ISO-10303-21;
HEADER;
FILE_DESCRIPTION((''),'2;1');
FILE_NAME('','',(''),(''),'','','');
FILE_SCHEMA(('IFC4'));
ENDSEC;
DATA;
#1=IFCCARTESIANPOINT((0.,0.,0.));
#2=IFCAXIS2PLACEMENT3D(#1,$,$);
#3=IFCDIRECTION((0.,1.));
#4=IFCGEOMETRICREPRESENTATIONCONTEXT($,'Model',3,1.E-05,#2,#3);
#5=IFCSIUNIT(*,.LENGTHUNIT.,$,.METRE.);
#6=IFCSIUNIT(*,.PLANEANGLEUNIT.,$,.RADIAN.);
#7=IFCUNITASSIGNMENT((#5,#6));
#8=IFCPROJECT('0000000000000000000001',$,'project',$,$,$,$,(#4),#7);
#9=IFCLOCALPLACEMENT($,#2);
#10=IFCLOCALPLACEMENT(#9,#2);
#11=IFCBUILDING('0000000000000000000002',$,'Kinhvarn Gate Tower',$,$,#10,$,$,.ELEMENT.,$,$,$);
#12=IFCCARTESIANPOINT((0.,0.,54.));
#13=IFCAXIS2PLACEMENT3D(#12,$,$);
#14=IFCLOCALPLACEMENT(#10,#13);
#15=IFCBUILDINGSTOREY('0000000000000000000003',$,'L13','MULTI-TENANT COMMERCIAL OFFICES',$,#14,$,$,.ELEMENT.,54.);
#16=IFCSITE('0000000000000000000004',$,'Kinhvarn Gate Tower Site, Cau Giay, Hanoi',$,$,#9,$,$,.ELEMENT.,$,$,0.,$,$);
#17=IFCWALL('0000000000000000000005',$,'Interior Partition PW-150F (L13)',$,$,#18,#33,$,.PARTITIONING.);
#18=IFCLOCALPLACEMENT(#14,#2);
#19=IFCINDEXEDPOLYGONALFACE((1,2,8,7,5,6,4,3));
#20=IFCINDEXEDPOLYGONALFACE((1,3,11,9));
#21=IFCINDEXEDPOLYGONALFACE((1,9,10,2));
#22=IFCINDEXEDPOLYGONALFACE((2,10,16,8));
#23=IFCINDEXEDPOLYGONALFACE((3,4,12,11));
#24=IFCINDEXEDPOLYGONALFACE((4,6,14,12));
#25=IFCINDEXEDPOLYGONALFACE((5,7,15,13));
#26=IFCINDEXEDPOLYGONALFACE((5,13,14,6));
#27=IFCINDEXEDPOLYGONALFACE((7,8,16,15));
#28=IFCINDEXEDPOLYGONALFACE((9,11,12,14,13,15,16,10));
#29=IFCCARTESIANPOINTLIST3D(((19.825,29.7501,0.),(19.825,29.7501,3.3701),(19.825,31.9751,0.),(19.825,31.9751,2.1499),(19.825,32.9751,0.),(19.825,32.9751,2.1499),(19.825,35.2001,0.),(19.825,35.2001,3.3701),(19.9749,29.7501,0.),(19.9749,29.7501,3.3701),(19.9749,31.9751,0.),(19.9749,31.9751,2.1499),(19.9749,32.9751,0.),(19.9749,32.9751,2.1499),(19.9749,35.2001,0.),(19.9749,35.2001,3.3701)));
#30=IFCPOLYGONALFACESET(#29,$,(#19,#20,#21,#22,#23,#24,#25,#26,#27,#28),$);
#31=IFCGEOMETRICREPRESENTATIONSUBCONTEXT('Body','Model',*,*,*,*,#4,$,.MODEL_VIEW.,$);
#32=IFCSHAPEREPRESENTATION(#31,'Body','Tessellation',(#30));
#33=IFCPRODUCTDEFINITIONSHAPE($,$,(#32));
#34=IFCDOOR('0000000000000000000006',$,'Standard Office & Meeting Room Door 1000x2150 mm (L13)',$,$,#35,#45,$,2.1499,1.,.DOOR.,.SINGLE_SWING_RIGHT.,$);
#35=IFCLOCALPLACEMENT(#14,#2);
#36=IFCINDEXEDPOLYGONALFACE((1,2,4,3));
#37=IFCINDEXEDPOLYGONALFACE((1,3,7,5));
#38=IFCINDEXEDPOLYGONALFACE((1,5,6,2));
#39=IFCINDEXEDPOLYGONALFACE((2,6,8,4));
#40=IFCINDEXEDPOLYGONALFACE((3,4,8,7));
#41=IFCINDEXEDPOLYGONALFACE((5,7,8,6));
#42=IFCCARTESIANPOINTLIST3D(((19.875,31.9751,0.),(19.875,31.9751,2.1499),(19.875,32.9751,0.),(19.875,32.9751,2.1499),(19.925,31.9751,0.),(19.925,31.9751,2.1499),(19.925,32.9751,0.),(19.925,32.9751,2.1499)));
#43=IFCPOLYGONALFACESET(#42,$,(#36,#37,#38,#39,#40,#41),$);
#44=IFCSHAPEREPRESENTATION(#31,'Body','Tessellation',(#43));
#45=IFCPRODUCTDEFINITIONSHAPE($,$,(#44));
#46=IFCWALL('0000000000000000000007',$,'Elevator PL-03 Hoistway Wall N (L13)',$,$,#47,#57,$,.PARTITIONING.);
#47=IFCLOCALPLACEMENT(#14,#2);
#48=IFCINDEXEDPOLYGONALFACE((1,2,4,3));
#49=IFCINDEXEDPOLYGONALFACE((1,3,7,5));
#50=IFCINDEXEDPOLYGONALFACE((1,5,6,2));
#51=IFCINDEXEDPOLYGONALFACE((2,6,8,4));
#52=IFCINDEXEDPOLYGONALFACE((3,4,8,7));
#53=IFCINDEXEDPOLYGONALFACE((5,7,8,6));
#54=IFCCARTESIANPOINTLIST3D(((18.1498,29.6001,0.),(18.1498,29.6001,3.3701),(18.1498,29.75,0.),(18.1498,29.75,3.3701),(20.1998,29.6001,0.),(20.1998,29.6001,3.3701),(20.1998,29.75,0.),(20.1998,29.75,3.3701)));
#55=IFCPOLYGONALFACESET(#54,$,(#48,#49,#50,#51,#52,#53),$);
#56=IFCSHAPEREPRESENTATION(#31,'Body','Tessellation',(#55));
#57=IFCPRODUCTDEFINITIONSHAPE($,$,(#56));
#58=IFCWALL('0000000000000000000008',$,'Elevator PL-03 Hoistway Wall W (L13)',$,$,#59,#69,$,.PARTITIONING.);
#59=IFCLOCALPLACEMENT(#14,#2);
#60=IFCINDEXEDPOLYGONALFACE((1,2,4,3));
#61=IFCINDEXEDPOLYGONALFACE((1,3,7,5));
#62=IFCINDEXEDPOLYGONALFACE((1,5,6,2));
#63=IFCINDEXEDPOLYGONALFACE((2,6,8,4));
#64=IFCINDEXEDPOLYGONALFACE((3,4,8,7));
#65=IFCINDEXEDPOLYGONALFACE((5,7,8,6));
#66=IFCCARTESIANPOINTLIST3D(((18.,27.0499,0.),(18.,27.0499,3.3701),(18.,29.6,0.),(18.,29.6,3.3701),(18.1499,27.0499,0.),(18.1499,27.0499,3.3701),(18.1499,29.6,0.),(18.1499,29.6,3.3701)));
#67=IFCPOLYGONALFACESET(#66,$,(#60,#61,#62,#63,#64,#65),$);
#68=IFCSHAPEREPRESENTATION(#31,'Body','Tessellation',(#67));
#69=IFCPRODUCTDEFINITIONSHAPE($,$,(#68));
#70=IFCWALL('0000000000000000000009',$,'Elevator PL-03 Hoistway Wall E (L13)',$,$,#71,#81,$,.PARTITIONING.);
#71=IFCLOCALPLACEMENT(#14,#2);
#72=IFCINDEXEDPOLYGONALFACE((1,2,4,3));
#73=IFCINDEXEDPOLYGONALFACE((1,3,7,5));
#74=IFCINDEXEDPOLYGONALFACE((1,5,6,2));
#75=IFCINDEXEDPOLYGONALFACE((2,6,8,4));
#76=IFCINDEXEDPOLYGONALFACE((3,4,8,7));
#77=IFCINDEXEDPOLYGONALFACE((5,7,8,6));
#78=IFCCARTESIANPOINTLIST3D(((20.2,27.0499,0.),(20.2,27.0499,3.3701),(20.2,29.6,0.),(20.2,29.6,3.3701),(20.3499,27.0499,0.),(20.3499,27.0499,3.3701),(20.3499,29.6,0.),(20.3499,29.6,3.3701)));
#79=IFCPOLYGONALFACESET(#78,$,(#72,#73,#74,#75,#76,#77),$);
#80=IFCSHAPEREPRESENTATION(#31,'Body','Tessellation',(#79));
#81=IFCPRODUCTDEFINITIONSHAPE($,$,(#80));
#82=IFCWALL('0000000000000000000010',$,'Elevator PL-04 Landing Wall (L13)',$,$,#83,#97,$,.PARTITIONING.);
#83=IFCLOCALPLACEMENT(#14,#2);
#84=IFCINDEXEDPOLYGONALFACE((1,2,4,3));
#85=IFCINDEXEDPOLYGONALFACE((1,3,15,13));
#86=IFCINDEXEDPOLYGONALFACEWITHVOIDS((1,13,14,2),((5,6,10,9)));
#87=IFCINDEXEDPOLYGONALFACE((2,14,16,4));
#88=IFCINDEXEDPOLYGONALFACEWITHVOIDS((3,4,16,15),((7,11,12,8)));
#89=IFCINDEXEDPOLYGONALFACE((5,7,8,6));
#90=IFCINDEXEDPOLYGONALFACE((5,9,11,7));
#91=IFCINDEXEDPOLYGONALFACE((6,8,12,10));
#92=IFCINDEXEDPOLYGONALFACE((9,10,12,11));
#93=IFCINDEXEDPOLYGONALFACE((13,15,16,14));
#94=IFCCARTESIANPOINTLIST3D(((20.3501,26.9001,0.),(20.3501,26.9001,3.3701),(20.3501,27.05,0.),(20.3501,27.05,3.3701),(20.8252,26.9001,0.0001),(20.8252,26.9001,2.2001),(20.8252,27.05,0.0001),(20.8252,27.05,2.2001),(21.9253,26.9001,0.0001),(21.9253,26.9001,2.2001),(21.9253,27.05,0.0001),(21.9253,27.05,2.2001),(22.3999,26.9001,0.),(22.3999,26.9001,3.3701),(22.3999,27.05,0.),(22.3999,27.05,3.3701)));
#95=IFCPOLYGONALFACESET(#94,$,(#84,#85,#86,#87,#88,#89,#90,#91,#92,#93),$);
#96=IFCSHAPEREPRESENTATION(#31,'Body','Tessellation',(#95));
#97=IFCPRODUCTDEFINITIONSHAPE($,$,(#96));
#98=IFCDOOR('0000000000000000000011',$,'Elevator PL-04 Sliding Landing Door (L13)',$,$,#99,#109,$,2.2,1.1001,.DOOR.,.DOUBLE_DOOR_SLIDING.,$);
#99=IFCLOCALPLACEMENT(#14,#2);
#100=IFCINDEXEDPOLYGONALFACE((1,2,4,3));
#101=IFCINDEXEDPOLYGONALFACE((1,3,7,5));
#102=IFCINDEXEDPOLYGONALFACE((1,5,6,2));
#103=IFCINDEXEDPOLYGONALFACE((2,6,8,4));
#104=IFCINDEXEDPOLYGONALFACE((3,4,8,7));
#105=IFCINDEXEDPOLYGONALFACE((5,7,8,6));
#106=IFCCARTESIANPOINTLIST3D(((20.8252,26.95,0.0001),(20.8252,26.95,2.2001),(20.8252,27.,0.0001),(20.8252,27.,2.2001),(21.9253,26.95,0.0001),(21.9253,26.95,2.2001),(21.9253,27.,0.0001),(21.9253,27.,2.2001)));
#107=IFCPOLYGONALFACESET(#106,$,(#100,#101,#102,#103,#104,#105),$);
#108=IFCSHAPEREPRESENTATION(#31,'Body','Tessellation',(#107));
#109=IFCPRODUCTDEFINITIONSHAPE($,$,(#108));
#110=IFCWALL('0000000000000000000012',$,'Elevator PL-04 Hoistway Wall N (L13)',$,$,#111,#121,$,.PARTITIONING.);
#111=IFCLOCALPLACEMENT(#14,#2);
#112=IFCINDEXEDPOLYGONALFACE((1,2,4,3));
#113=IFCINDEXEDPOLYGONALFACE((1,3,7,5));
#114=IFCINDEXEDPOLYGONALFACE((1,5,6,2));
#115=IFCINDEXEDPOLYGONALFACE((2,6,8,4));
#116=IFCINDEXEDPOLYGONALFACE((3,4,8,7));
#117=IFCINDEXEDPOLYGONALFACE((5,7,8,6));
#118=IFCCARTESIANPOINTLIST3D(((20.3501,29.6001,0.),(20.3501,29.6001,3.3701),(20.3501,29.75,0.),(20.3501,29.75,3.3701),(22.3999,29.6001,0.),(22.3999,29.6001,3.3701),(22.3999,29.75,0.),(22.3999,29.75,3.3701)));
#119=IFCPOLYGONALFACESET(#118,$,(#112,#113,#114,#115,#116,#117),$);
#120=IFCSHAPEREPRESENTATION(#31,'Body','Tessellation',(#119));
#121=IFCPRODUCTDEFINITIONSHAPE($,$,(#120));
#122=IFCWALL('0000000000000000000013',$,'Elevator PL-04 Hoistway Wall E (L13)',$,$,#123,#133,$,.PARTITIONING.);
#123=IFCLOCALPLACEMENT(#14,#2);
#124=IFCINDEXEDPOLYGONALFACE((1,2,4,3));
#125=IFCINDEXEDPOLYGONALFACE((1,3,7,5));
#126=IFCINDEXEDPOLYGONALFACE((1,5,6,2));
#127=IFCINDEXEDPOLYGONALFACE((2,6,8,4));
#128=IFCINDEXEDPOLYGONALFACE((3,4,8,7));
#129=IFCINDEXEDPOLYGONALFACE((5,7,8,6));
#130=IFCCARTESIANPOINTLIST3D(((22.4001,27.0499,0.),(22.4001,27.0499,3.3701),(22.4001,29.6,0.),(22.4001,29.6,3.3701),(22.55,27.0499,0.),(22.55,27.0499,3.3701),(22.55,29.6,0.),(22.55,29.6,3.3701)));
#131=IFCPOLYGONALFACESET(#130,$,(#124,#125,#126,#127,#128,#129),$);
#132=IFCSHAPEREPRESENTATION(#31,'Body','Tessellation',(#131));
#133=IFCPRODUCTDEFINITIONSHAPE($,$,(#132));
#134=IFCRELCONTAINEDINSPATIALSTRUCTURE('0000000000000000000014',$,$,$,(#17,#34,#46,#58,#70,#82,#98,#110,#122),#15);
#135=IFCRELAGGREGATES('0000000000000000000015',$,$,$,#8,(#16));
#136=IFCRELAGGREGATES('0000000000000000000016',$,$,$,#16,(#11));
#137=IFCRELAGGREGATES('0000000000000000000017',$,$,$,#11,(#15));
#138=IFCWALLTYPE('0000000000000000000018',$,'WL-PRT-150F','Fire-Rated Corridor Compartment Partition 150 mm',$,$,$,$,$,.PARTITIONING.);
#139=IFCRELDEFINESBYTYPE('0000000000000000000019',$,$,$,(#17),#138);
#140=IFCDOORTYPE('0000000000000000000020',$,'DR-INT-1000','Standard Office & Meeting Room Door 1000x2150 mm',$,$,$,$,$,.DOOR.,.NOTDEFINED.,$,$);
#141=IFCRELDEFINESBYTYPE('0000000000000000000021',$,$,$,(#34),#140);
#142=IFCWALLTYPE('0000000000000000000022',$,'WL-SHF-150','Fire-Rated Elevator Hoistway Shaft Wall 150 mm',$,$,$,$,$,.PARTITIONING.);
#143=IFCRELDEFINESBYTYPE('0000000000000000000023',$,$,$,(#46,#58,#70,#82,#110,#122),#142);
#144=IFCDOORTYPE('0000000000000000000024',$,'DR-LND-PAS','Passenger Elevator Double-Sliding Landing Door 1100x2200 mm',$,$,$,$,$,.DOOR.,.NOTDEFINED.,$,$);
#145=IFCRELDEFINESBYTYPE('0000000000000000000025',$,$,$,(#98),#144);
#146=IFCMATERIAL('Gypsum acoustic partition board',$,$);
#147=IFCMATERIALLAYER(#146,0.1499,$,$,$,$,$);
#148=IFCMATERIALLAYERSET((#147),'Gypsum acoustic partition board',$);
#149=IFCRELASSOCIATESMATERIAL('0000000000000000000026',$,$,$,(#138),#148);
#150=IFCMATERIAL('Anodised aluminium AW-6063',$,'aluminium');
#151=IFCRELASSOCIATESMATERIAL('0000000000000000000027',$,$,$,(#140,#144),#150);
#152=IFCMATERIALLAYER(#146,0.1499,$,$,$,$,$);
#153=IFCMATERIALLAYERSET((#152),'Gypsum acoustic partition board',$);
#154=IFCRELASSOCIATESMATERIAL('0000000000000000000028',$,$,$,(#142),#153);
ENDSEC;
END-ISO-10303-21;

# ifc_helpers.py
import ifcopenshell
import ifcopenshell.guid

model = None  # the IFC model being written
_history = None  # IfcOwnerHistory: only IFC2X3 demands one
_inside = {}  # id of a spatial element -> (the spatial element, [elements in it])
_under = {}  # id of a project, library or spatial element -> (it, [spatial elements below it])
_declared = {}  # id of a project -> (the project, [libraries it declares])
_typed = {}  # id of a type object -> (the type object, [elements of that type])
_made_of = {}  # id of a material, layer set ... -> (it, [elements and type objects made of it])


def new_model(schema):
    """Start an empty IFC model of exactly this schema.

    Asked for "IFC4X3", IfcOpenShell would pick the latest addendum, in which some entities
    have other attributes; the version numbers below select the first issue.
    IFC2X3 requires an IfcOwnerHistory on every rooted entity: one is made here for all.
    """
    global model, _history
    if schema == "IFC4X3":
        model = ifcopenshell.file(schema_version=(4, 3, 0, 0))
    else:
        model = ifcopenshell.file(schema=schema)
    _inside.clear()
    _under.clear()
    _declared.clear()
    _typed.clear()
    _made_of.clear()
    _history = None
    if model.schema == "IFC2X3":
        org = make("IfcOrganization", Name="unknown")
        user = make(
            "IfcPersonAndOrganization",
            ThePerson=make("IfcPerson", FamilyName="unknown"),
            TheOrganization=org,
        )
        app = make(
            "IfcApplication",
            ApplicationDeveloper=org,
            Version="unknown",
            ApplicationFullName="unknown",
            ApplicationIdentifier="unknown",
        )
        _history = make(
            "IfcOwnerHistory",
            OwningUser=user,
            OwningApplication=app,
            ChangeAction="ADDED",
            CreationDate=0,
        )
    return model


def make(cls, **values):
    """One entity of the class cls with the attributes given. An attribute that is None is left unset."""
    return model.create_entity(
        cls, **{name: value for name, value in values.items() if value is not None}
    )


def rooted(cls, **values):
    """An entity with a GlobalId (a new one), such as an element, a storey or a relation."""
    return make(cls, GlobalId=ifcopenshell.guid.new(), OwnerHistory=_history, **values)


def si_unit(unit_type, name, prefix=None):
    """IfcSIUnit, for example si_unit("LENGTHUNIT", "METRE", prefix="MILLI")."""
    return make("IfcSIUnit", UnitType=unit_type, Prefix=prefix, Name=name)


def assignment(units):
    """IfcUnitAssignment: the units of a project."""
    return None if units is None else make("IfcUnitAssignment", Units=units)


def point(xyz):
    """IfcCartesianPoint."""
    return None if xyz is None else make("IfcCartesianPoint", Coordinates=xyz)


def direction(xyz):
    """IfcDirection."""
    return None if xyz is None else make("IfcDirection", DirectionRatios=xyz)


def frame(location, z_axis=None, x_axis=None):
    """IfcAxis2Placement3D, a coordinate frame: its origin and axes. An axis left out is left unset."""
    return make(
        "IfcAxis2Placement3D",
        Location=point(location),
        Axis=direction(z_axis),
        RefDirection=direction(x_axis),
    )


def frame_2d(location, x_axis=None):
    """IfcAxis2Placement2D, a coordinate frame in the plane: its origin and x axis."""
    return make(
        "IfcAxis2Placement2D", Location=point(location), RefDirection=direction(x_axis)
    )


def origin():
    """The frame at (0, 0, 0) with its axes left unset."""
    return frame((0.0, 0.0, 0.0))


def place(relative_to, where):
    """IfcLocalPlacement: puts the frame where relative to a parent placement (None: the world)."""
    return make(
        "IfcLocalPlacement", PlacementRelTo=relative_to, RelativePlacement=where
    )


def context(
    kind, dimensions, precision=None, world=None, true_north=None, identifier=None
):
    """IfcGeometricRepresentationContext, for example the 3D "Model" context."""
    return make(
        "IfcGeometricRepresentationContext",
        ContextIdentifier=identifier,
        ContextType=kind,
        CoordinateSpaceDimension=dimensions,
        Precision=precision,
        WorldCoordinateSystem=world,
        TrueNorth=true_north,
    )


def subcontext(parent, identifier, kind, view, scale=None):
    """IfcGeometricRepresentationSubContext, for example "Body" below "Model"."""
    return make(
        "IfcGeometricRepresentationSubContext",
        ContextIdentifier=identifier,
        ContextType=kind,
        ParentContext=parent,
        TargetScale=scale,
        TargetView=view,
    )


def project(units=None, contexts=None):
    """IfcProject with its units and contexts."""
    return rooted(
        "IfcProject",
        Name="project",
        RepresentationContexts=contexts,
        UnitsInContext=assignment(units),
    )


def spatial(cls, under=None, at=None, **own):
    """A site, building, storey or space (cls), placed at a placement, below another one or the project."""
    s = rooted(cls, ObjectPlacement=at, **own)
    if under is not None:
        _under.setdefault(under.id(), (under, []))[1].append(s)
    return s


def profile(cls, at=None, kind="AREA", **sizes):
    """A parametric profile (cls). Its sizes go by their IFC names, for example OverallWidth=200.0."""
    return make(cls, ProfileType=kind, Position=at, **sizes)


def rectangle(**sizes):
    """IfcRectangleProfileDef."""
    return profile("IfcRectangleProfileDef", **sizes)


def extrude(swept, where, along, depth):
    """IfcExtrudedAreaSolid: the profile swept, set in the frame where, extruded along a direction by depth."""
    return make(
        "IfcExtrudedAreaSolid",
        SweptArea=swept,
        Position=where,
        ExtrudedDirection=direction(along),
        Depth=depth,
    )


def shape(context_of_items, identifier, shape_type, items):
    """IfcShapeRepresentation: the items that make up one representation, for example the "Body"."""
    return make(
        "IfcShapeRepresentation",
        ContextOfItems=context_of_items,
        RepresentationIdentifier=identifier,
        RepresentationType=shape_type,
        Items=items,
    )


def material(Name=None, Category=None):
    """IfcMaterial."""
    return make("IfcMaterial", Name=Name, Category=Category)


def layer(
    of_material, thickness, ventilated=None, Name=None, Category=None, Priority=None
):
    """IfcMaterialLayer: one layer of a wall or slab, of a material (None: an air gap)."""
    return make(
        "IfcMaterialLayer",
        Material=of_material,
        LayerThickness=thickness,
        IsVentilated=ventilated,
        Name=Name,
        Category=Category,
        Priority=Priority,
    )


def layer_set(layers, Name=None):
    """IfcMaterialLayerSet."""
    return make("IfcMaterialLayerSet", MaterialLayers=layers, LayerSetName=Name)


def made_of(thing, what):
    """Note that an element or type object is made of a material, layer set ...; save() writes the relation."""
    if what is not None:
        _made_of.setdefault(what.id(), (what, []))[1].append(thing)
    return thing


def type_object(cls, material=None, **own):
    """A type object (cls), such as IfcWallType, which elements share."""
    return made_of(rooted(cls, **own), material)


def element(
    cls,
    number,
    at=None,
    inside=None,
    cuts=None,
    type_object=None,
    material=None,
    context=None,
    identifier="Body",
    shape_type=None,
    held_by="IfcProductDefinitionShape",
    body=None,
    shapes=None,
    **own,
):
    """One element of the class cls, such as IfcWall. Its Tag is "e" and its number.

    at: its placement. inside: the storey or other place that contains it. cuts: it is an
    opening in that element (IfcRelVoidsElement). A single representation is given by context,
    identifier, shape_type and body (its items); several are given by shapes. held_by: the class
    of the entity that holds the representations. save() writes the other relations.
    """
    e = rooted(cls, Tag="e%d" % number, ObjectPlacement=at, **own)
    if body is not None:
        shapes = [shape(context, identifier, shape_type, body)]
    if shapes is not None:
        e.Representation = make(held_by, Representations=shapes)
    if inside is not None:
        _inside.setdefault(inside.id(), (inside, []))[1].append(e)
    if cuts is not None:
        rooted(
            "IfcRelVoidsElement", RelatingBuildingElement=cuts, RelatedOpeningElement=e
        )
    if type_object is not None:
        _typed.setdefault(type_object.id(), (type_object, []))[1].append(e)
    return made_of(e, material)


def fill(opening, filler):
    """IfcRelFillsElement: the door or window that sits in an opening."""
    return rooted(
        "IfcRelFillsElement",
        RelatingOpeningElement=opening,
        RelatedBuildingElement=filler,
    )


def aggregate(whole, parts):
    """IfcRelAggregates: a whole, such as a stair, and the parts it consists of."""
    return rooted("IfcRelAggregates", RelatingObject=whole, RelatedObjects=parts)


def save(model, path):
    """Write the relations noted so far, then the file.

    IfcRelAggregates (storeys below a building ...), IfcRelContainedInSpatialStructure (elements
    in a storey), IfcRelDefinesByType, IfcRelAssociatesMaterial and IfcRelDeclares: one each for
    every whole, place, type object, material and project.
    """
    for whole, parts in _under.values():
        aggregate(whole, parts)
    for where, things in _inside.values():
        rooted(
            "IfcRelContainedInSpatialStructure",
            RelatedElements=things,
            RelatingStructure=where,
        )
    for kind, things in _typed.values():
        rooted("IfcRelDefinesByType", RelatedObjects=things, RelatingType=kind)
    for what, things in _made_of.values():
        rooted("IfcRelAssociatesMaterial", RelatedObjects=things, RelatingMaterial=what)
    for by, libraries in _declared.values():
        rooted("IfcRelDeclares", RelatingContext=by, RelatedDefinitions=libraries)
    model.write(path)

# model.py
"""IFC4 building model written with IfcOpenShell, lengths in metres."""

from ifc_helpers import new_model, si_unit, direction, frame, frame_2d, origin, place, context, subcontext, project, spatial, rectangle, extrude, material, layer, layer_set, type_object, element, fill, save


model = new_model("IFC4")

# Units and contexts
model_context = context("Model", 3, precision=1e-05, world=origin(), true_north=direction((0.0, 1.0)))
body_context = subcontext(model_context, "Body", "Model", "MODEL_VIEW")
ifc_project = project(units=[si_unit("LENGTHUNIT", "METRE"), si_unit("PLANEANGLEUNIT", "RADIAN")], contexts=[model_context])

# Site, building, storey
site_placement = place(None, origin())
site = spatial("IfcSite", under=ifc_project, at=site_placement, Name="Kinhvarn Gate Tower Site, Cau Giay, Hanoi", CompositionType="ELEMENT", RefElevation=0.0)
building_placement = place(site_placement, origin())
building = spatial("IfcBuilding", under=site, at=building_placement, Name="Kinhvarn Gate Tower", CompositionType="ELEMENT")
storey_placement = place(building_placement, frame((0.0, 0.0, 54.0)))
storey = spatial("IfcBuildingStorey", under=building, at=storey_placement, Name="L13", Description="MULTI-TENANT COMMERCIAL OFFICES", CompositionType="ELEMENT", Elevation=54.0)

# Shared definitions
ifc_material_1 = material(Name="Gypsum acoustic partition board")

# Shared definitions
ifc_material_2 = material(Name="Anodised aluminium AW-6063", Category="aluminium")

# Wall, opening, door
ifc_layer_1 = layer(ifc_material_1, 0.1499)
ifc_layer_set_1 = layer_set([ifc_layer_1], Name="Gypsum acoustic partition board")
wall_type_1 = type_object("IfcWallType", Name="WL-PRT-150F", Description="Fire-Rated Corridor Compartment Partition 150 mm", PredefinedType="PARTITIONING", material=ifc_layer_set_1)
door_type_1 = type_object("IfcDoorType", Name="DR-INT-1000", Description="Standard Office & Meeting Room Door 1000x2150 mm", OperationType="NOTDEFINED", PredefinedType="DOOR", material=ifc_material_2)
wall_1_placement = place(storey_placement, frame((19.8999, 29.75, 0.0), z_axis=(0.0, 0.0, 1.0), x_axis=(0.0, 1.0, 0.0)))
wall_1 = element("IfcWall", 1, at=wall_1_placement, inside=storey, type_object=wall_type_1, Name="Interior Partition PW-150F (L13)", PredefinedType="PARTITIONING", context=body_context, shape_type="SweptSolid", body=[
    extrude(rectangle(XDim=5.45, YDim=0.1499, at=frame_2d((2.7251, 0.0))), origin(), (0.0, 0.0, 1.0), 3.3701),
])
opening_1_placement = place(wall_1_placement, frame((2.2251, 0.0, 0.0)))
opening_1 = element("IfcOpeningElement", 2, at=opening_1_placement, cuts=wall_1, PredefinedType="OPENING", context=body_context, shape_type="SweptSolid", body=[
    extrude(rectangle(XDim=1.0, YDim=2.1499, at=frame_2d((0.5, 1.075))), frame((0.0, 0.085, 0.0), z_axis=(0.0, -1.0, 0.0), x_axis=(1.0, 0.0, 0.0)), (0.0, 0.0, 1.0), 0.1699),
])
door_1_placement = place(opening_1_placement, origin())
door_1 = element("IfcDoor", 3, at=door_1_placement, inside=storey, type_object=door_type_1, Name="Standard Office & Meeting Room Door 1000x2150 mm (L13)", OperationType="SINGLE_SWING_RIGHT", OverallHeight=2.1499, OverallWidth=1.0, PredefinedType="DOOR", context=body_context, shape_type="SweptSolid", body=[
    extrude(rectangle(XDim=1.0, YDim=2.1499, at=frame_2d((0.5, 1.075))), frame((0.0, 0.0249, 0.0), z_axis=(0.0, -1.0, 0.0), x_axis=(1.0, 0.0, 0.0)), (0.0, 0.0, 1.0), 0.05),
])
fill(opening_1, door_1)

# Walls
ifc_layer_2 = layer(ifc_material_1, 0.1499)
ifc_layer_set_2 = layer_set([ifc_layer_2], Name="Gypsum acoustic partition board")
wall_type_2 = type_object("IfcWallType", Name="WL-SHF-150", Description="Fire-Rated Elevator Hoistway Shaft Wall 150 mm", PredefinedType="PARTITIONING", material=ifc_layer_set_2)
wall_2_placement = place(storey_placement, frame((18.1499, 29.675, 0.0), z_axis=(0.0, 0.0, 1.0), x_axis=(1.0, 0.0, 0.0)))
element("IfcWall", 4, at=wall_2_placement, inside=storey, type_object=wall_type_2, Name="Elevator PL-03 Hoistway Wall N (L13)", PredefinedType="PARTITIONING", context=body_context, shape_type="SweptSolid", body=[
    extrude(rectangle(XDim=2.05, YDim=0.1499, at=frame_2d((1.0249, 0.0))), origin(), (0.0, 0.0, 1.0), 3.3701),
])
for number, where, z_axis, x_axis, name in (
    (5, (18.075, 27.05, 0.0), (0.0, 0.0, 1.0), (0.0, 1.0, 0.0), "Elevator PL-03 Hoistway Wall W (L13)"),
    (6, (20.2749, 27.05, 0.0), (0.0, 0.0, 1.0), (0.0, 1.0, 0.0), "Elevator PL-03 Hoistway Wall E (L13)"),
):
    element("IfcWall", number, at=place(storey_placement, frame(where, z_axis=z_axis, x_axis=x_axis)), inside=storey, type_object=wall_type_2, Name=name, PredefinedType="PARTITIONING", context=body_context, shape_type="SweptSolid", body=[
        extrude(rectangle(XDim=2.55, YDim=0.1499, at=frame_2d((1.2749, 0.0))), origin(), (0.0, 0.0, 1.0), 3.3701),
    ])

# Wall, opening, door
wall_3_placement = place(storey_placement, frame((20.3501, 26.9751, 0.0), z_axis=(0.0, 0.0, 1.0), x_axis=(1.0, 0.0, 0.0)))
wall_3 = element("IfcWall", 7, at=wall_3_placement, inside=storey, type_object=wall_type_2, Name="Elevator PL-04 Landing Wall (L13)", PredefinedType="PARTITIONING", context=body_context, shape_type="SweptSolid", body=[
    extrude(rectangle(XDim=2.0498, YDim=0.1499, at=frame_2d((1.0249, 0.0))), origin(), (0.0, 0.0, 1.0), 3.3701),
])
opening_2_placement = place(wall_3_placement, frame((0.4751, 0.0, 0.0)))
opening_2 = element("IfcOpeningElement", 8, at=opening_2_placement, cuts=wall_3, PredefinedType="OPENING", context=body_context, shape_type="SweptSolid", body=[
    extrude(rectangle(XDim=1.1001, YDim=2.2, at=frame_2d((0.55, 1.1001))), frame((0.0, 0.085, 0.0), z_axis=(0.0, -1.0, 0.0), x_axis=(1.0, 0.0, 0.0)), (0.0, 0.0, 1.0), 0.1699),
])
door_type_2 = type_object("IfcDoorType", Name="DR-LND-PAS", Description="Passenger Elevator Double-Sliding Landing Door 1100x2200 mm", OperationType="NOTDEFINED", PredefinedType="DOOR", material=ifc_material_2)
door_2_placement = place(opening_2_placement, origin())
door_2 = element("IfcDoor", 9, at=door_2_placement, inside=storey, type_object=door_type_2, Name="Elevator PL-04 Sliding Landing Door (L13)", OperationType="DOUBLE_DOOR_SLIDING", OverallHeight=2.2, OverallWidth=1.1001, PredefinedType="DOOR", context=body_context, shape_type="SweptSolid", body=[
    extrude(rectangle(XDim=1.1001, YDim=2.2, at=frame_2d((0.55, 1.1001))), frame((0.0, 0.0249, 0.0), z_axis=(0.0, -1.0, 0.0), x_axis=(1.0, 0.0, 0.0)), (0.0, 0.0, 1.0), 0.05),
])
fill(opening_2, door_2)

# Walls
wall_4_placement = place(storey_placement, frame((20.3501, 29.675, 0.0), z_axis=(0.0, 0.0, 1.0), x_axis=(1.0, 0.0, 0.0)))
element("IfcWall", 10, at=wall_4_placement, inside=storey, type_object=wall_type_2, Name="Elevator PL-04 Hoistway Wall N (L13)", PredefinedType="PARTITIONING", context=body_context, shape_type="SweptSolid", body=[
    extrude(rectangle(XDim=2.0498, YDim=0.1499, at=frame_2d((1.0249, 0.0))), origin(), (0.0, 0.0, 1.0), 3.3701),
])
wall_5_placement = place(storey_placement, frame((22.4751, 27.05, 0.0), z_axis=(0.0, 0.0, 1.0), x_axis=(0.0, 1.0, 0.0)))
element("IfcWall", 11, at=wall_5_placement, inside=storey, type_object=wall_type_2, Name="Elevator PL-04 Hoistway Wall E (L13)", PredefinedType="PARTITIONING", context=body_context, shape_type="SweptSolid", body=[
    extrude(rectangle(XDim=2.55, YDim=0.1499, at=frame_2d((1.2749, 0.0))), origin(), (0.0, 0.0, 1.0), 3.3701),
])

save(model, "model.ifc")
